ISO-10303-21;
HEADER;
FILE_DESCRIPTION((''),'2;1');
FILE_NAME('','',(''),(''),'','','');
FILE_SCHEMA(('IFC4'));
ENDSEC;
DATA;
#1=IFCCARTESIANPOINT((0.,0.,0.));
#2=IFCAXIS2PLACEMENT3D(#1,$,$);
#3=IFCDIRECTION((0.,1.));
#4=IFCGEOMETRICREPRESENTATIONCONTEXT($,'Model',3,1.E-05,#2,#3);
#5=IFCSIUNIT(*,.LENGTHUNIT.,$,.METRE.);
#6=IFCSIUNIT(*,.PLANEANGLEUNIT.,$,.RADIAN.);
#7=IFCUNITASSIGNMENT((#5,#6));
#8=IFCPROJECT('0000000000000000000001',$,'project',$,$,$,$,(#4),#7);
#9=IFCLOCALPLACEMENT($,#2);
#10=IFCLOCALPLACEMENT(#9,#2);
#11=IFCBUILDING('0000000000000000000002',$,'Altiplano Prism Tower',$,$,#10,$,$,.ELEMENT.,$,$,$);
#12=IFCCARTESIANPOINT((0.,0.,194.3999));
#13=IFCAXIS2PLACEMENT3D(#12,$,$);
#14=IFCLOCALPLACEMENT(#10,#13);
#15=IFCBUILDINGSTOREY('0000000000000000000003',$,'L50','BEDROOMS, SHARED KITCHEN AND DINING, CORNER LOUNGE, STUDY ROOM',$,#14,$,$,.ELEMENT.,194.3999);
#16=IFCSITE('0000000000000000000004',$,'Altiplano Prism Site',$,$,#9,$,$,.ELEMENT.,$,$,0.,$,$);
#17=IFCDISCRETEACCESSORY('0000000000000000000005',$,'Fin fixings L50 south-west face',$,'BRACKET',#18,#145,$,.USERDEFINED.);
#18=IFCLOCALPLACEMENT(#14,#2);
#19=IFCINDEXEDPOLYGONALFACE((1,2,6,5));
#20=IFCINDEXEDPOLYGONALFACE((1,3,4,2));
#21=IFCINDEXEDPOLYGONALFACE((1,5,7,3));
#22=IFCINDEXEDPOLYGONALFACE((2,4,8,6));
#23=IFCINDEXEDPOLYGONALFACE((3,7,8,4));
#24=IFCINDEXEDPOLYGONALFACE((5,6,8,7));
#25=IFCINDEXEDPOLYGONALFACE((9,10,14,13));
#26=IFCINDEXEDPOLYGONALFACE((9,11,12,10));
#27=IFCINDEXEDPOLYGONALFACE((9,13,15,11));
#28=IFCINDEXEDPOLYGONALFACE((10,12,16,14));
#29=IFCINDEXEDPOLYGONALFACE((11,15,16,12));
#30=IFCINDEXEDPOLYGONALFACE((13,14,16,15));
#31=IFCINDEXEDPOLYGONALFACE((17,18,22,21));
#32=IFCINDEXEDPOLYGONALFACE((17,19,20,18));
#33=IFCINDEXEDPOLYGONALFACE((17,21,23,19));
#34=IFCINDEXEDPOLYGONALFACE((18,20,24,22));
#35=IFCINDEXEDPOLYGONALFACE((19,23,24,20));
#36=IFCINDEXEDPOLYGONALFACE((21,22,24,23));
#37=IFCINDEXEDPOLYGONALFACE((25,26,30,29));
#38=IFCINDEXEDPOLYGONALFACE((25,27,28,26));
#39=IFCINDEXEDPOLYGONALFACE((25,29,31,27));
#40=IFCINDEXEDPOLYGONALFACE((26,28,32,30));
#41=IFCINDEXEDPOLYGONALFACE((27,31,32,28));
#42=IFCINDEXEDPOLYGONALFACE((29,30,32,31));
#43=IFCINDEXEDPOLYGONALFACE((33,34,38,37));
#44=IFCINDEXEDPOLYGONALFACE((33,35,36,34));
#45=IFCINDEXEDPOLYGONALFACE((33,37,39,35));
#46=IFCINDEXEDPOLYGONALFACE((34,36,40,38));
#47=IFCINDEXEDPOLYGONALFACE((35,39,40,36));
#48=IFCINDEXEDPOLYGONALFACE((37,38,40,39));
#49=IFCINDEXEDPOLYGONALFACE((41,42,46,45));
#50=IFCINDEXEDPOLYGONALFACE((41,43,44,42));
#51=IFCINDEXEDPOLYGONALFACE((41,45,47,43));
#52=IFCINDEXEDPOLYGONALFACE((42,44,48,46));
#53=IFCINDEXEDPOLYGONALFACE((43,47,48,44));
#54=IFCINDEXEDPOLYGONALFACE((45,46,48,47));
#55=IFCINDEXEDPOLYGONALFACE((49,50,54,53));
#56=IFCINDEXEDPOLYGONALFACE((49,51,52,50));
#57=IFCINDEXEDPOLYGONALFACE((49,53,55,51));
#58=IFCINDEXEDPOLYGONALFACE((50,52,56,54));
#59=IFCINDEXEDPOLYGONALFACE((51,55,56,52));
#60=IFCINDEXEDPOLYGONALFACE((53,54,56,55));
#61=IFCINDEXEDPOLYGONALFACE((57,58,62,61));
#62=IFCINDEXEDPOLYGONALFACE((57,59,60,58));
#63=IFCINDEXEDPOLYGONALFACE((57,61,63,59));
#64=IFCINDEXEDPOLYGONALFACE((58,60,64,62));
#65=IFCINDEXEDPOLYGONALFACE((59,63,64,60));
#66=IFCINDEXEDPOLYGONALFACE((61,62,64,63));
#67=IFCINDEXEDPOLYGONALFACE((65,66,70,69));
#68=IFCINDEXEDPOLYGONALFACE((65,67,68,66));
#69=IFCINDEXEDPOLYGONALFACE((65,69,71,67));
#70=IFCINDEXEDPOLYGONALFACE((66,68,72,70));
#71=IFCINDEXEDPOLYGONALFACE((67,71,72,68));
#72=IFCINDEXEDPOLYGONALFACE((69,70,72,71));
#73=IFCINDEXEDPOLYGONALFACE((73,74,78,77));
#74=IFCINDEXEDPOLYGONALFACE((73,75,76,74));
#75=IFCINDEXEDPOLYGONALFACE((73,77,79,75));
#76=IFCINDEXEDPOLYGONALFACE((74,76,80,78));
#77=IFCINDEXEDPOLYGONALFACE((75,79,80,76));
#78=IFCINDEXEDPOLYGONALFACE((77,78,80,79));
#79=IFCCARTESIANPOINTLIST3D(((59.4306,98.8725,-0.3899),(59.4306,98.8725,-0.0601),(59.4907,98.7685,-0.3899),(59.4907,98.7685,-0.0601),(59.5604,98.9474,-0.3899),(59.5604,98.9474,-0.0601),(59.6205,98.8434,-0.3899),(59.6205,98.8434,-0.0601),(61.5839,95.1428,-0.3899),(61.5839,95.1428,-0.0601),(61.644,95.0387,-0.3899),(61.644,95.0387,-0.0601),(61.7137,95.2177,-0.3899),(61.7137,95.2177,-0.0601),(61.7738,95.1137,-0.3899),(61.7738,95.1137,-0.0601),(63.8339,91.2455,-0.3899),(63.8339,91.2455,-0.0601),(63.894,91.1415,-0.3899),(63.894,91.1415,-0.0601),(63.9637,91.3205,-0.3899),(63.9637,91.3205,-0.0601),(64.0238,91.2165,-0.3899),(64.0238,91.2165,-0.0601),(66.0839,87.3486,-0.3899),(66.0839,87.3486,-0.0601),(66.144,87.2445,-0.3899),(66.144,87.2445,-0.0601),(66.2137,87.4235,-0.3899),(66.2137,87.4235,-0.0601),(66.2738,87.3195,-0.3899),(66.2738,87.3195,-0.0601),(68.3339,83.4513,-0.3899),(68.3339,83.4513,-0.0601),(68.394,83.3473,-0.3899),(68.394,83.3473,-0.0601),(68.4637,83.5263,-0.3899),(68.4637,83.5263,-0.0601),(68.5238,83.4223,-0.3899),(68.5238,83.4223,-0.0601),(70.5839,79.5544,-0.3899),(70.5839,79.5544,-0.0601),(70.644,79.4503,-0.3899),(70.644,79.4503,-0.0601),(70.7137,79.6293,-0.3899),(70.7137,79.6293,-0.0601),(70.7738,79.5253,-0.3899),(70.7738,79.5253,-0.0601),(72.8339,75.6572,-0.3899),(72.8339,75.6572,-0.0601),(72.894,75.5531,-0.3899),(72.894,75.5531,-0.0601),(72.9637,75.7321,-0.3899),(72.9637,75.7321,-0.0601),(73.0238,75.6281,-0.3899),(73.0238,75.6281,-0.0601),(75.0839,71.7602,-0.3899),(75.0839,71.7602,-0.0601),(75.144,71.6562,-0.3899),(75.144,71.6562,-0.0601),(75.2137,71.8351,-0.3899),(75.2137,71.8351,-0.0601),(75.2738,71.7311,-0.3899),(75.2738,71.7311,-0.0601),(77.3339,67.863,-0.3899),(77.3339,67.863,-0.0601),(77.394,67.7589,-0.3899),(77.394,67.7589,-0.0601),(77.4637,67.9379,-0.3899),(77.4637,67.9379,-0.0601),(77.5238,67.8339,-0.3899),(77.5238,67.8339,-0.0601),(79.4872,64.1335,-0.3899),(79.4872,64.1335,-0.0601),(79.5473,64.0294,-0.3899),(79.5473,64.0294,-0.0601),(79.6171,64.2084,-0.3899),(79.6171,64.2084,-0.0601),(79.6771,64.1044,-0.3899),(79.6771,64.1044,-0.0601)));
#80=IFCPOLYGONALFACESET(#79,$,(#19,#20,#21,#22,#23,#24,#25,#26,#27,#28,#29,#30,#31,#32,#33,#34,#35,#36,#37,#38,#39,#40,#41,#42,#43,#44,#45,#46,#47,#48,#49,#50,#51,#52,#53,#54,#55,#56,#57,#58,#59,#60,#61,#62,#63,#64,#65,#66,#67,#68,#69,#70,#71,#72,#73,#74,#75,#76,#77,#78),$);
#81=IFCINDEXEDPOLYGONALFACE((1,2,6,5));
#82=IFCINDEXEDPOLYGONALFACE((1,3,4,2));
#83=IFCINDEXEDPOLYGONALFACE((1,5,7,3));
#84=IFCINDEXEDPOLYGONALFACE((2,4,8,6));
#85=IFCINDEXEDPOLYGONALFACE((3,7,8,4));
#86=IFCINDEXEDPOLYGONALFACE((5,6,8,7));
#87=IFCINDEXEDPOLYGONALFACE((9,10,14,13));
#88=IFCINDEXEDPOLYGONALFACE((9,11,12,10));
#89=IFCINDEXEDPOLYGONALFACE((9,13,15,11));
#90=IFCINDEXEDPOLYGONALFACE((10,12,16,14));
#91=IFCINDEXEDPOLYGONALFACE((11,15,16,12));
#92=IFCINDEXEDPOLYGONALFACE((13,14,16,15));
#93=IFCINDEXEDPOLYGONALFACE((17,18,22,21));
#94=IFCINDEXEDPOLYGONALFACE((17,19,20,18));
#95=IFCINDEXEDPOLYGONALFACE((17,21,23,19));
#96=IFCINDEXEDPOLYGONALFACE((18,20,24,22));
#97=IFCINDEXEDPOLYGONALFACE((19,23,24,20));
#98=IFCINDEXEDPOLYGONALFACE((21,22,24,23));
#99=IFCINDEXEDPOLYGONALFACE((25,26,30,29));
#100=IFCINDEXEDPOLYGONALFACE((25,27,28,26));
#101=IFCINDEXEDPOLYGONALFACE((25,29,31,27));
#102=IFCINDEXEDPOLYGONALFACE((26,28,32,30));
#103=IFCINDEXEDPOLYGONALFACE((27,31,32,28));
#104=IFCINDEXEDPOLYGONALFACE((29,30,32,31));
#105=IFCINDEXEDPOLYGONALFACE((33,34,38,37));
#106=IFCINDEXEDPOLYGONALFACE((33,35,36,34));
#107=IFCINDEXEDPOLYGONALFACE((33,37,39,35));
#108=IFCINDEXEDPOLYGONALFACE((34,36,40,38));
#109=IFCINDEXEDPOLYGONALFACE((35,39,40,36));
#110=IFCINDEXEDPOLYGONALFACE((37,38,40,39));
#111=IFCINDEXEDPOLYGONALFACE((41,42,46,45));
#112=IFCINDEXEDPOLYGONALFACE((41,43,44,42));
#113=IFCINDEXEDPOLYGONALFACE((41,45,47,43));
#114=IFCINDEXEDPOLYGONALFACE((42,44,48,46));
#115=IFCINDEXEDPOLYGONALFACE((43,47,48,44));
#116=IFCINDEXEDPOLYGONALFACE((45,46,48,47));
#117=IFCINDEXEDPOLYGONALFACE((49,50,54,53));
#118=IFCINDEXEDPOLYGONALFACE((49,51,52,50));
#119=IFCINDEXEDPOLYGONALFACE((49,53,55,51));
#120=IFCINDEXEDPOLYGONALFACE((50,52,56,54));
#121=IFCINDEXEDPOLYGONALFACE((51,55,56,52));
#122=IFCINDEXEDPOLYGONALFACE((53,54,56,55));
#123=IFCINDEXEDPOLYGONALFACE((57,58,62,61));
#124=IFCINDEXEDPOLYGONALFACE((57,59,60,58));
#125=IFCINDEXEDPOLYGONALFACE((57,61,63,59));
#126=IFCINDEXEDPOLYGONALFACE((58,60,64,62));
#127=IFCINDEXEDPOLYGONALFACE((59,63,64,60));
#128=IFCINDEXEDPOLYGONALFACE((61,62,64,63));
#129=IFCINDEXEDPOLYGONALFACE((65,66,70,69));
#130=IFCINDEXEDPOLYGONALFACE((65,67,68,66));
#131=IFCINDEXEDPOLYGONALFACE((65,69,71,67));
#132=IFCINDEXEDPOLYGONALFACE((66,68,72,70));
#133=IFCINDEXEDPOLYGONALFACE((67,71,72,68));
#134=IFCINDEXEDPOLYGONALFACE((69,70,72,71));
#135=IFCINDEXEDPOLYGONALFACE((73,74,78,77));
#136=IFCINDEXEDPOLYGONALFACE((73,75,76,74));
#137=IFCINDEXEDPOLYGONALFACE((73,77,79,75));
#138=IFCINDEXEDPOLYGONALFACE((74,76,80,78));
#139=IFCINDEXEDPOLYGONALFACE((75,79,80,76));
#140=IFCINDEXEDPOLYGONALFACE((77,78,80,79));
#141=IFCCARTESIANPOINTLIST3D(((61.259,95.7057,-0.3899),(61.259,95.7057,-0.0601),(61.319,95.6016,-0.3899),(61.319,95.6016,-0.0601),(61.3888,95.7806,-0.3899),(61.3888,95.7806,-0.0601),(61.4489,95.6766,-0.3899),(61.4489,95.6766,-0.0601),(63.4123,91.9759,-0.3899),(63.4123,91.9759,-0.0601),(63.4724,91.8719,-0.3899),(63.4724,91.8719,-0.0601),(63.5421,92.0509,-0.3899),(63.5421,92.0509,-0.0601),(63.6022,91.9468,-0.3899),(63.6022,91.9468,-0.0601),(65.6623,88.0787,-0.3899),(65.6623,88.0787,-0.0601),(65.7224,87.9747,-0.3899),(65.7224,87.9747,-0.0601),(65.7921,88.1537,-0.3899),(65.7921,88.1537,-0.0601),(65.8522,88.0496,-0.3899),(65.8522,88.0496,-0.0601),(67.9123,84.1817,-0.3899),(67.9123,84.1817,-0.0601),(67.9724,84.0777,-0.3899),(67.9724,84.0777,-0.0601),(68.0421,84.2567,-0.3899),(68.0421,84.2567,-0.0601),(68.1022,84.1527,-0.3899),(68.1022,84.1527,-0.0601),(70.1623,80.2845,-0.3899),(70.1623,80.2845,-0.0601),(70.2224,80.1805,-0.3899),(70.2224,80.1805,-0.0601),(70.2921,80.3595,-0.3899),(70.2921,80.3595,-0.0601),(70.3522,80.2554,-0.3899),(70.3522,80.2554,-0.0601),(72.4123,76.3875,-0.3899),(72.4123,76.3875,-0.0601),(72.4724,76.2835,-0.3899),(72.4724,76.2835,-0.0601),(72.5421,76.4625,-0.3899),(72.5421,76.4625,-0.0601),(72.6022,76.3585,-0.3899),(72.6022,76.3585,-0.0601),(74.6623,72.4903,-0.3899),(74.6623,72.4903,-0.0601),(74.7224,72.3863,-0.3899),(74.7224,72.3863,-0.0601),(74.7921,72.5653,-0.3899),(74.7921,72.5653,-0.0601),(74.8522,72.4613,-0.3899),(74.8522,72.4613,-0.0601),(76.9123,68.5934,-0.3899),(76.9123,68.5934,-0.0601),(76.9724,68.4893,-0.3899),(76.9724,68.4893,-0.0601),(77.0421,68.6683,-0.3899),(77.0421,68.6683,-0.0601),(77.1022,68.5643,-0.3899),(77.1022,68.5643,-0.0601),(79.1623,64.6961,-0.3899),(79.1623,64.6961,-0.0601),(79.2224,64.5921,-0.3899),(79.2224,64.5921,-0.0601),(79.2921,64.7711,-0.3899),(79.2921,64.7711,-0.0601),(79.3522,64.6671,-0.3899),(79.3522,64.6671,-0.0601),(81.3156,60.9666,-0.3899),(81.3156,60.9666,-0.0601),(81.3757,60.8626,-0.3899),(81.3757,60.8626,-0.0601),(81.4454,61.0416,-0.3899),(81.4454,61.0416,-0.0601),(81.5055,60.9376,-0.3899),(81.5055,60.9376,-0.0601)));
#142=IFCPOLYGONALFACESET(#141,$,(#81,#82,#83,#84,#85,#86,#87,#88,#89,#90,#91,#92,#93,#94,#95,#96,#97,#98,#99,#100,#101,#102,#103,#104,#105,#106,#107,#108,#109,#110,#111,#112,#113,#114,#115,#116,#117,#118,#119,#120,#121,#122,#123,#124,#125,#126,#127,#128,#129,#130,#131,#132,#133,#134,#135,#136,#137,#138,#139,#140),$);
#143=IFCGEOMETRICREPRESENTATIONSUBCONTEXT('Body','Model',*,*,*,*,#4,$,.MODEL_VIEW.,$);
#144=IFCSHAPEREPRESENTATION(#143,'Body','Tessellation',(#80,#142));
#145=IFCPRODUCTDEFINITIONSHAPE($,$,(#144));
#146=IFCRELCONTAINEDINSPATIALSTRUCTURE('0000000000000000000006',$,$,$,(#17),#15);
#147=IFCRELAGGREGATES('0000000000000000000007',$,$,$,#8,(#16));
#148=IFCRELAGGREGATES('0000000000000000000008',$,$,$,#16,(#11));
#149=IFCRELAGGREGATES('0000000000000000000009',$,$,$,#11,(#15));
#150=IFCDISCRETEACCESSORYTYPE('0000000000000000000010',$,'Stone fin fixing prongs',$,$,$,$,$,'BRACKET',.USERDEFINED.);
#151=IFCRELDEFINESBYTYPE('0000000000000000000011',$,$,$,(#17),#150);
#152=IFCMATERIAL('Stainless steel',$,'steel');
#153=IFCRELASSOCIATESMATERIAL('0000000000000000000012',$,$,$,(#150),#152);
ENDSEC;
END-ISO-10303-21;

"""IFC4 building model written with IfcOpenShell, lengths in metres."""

from ifc_helpers import new_model, si_unit, direction, frame, origin, place, context, subcontext, project, spatial, polyline, outline, extrude, source, transform, mapped, material, type_object, element, save


model = new_model("IFC4")

# Units and contexts
model_context = context("Model", 3, precision=1e-05, world=origin(), true_north=direction((0.0, 1.0)))
body_context = subcontext(model_context, "Body", "Model", "MODEL_VIEW")
ifc_project = project(units=[si_unit("LENGTHUNIT", "METRE"), si_unit("PLANEANGLEUNIT", "RADIAN")], contexts=[model_context])

# Site, building, storey
site_placement = place(None, origin())
site = spatial("IfcSite", under=ifc_project, at=site_placement, Name="Altiplano Prism Site", CompositionType="ELEMENT", RefElevation=0.0)
building_placement = place(site_placement, origin())
building = spatial("IfcBuilding", under=site, at=building_placement, Name="Altiplano Prism Tower", CompositionType="ELEMENT")
storey_placement = place(building_placement, frame((0.0, 0.0, 194.3999)))
storey = spatial("IfcBuildingStorey", under=building, at=storey_placement, Name="L50", Description="BEDROOMS, SHARED KITCHEN AND DINING, CORNER LOUNGE, STUDY ROOM", CompositionType="ELEMENT", Elevation=194.3999)

# Discrete accessory
ifc_material_1 = material(Name="Stainless steel", Category="steel")
discrete_accessory_type = type_object("IfcDiscreteAccessoryType", Name="Stone fin fixing prongs", ElementType="BRACKET", PredefinedType="USERDEFINED", material=ifc_material_1)
shared_shape_1 = source(origin(), body_context, "Body", "SweptSolid", [
    extrude(outline(polyline([(-1.8884, 0.0601), (-1.7683, 0.0601), (-1.7683, 0.3899), (-1.8884, 0.3899), (-1.8884, 0.0601)])), frame((0.0, 0.0, 0.0), z_axis=(0.0, -1.0, 0.0), x_axis=(1.0, 0.0, 0.0)), (0.0, 0.0, 1.0), 0.1499),
    extrude(outline(polyline([(1.7683, 0.0601), (1.8884, 0.0601), (1.8884, 0.3899), (1.7683, 0.3899), (1.7683, 0.0601)])), frame((0.0, 0.0, 0.0), z_axis=(0.0, -1.0, 0.0), x_axis=(1.0, 0.0, 0.0)), (0.0, 0.0, 1.0), 0.1499),
])
shared_shape_2 = source(origin(), body_context, "Body", "SweptSolid", [
    extrude(outline(polyline([(-1.8884, 0.0601), (-1.7683, 0.0601), (-1.7683, 0.3899), (-1.8884, 0.3899), (-1.8884, 0.0601)])), frame((0.0, 0.0, 0.0), z_axis=(0.0, -1.0, 0.0), x_axis=(1.0, 0.0, 0.0)), (0.0, 0.0, 1.0), 0.1499),
    extrude(outline(polyline([(1.7683, 0.0601), (1.8884, 0.0601), (1.8884, 0.3899), (1.7683, 0.3899), (1.7683, 0.0601)])), frame((0.0, 0.0, 0.0), z_axis=(0.0, -1.0, 0.0), x_axis=(1.0, 0.0, 0.0)), (0.0, 0.0, 1.0), 0.1499),
])
shared_shape_3 = source(origin(), body_context, "Body", "SweptSolid", [
    extrude(outline(polyline([(-1.8884, 0.0601), (-1.7683, 0.0601), (-1.7683, 0.3899), (-1.8884, 0.3899), (-1.8884, 0.0601)])), frame((0.0, 0.0, 0.0), z_axis=(0.0, -1.0, 0.0), x_axis=(1.0, 0.0, 0.0)), (0.0, 0.0, 1.0), 0.1499),
    extrude(outline(polyline([(1.7683, 0.0601), (1.8884, 0.0601), (1.8884, 0.3899), (1.7683, 0.3899), (1.7683, 0.0601)])), frame((0.0, 0.0, 0.0), z_axis=(0.0, -1.0, 0.0), x_axis=(1.0, 0.0, 0.0)), (0.0, 0.0, 1.0), 0.1499),
])
discrete_accessory_1_placement = place(storey_placement, origin())
element("IfcDiscreteAccessory", 1, at=discrete_accessory_1_placement, inside=storey, type_object=discrete_accessory_type, Name="Fin fixings L50 south-west face", ObjectType="BRACKET", PredefinedType="USERDEFINED", context=body_context, shape_type="MappedRepresentation", body=[
    mapped(shared_shape_1, transform((60.5046, 97.312, -0.45), x_axis=(0.5, -0.866025, 0.0), y_axis=(0.866025, 0.5, 0.0), z_axis=(0.0, 0.0, 1.0))),
    mapped(shared_shape_2, transform((62.658, 93.5823, -0.45), x_axis=(0.5, -0.866025, 0.0), y_axis=(0.866025, 0.5, 0.0), z_axis=(0.0, 0.0, 1.0))),
    mapped(shared_shape_2, transform((64.908, 89.6851, -0.45), x_axis=(0.5, -0.866025, 0.0), y_axis=(0.866025, 0.5, 0.0), z_axis=(0.0, 0.0, 1.0))),
    mapped(shared_shape_2, transform((67.158, 85.7881, -0.45), x_axis=(0.5, -0.866025, 0.0), y_axis=(0.866025, 0.5, 0.0), z_axis=(0.0, 0.0, 1.0))),
    mapped(shared_shape_2, transform((69.408, 81.8909, -0.45), x_axis=(0.5, -0.866025, 0.0), y_axis=(0.866025, 0.5, 0.0), z_axis=(0.0, 0.0, 1.0))),
    mapped(shared_shape_2, transform((71.658, 77.9939, -0.45), x_axis=(0.5, -0.866025, 0.0), y_axis=(0.866025, 0.5, 0.0), z_axis=(0.0, 0.0, 1.0))),
    mapped(shared_shape_2, transform((73.908, 74.0967, -0.45), x_axis=(0.5, -0.866025, 0.0), y_axis=(0.866025, 0.5, 0.0), z_axis=(0.0, 0.0, 1.0))),
    mapped(shared_shape_3, transform((76.158, 70.1997, -0.45), x_axis=(0.5, -0.866025, 0.0), y_axis=(0.866025, 0.5, 0.0), z_axis=(0.0, 0.0, 1.0))),
    mapped(shared_shape_2, transform((78.408, 66.3025, -0.45), x_axis=(0.5, -0.866025, 0.0), y_axis=(0.866025, 0.5, 0.0), z_axis=(0.0, 0.0, 1.0))),
    mapped(shared_shape_1, transform((80.5613, 62.573, -0.45), x_axis=(0.5, -0.866025, 0.0), y_axis=(0.866025, 0.5, 0.0), z_axis=(0.0, 0.0, 1.0))),
])

save(model, "model.ifc")
